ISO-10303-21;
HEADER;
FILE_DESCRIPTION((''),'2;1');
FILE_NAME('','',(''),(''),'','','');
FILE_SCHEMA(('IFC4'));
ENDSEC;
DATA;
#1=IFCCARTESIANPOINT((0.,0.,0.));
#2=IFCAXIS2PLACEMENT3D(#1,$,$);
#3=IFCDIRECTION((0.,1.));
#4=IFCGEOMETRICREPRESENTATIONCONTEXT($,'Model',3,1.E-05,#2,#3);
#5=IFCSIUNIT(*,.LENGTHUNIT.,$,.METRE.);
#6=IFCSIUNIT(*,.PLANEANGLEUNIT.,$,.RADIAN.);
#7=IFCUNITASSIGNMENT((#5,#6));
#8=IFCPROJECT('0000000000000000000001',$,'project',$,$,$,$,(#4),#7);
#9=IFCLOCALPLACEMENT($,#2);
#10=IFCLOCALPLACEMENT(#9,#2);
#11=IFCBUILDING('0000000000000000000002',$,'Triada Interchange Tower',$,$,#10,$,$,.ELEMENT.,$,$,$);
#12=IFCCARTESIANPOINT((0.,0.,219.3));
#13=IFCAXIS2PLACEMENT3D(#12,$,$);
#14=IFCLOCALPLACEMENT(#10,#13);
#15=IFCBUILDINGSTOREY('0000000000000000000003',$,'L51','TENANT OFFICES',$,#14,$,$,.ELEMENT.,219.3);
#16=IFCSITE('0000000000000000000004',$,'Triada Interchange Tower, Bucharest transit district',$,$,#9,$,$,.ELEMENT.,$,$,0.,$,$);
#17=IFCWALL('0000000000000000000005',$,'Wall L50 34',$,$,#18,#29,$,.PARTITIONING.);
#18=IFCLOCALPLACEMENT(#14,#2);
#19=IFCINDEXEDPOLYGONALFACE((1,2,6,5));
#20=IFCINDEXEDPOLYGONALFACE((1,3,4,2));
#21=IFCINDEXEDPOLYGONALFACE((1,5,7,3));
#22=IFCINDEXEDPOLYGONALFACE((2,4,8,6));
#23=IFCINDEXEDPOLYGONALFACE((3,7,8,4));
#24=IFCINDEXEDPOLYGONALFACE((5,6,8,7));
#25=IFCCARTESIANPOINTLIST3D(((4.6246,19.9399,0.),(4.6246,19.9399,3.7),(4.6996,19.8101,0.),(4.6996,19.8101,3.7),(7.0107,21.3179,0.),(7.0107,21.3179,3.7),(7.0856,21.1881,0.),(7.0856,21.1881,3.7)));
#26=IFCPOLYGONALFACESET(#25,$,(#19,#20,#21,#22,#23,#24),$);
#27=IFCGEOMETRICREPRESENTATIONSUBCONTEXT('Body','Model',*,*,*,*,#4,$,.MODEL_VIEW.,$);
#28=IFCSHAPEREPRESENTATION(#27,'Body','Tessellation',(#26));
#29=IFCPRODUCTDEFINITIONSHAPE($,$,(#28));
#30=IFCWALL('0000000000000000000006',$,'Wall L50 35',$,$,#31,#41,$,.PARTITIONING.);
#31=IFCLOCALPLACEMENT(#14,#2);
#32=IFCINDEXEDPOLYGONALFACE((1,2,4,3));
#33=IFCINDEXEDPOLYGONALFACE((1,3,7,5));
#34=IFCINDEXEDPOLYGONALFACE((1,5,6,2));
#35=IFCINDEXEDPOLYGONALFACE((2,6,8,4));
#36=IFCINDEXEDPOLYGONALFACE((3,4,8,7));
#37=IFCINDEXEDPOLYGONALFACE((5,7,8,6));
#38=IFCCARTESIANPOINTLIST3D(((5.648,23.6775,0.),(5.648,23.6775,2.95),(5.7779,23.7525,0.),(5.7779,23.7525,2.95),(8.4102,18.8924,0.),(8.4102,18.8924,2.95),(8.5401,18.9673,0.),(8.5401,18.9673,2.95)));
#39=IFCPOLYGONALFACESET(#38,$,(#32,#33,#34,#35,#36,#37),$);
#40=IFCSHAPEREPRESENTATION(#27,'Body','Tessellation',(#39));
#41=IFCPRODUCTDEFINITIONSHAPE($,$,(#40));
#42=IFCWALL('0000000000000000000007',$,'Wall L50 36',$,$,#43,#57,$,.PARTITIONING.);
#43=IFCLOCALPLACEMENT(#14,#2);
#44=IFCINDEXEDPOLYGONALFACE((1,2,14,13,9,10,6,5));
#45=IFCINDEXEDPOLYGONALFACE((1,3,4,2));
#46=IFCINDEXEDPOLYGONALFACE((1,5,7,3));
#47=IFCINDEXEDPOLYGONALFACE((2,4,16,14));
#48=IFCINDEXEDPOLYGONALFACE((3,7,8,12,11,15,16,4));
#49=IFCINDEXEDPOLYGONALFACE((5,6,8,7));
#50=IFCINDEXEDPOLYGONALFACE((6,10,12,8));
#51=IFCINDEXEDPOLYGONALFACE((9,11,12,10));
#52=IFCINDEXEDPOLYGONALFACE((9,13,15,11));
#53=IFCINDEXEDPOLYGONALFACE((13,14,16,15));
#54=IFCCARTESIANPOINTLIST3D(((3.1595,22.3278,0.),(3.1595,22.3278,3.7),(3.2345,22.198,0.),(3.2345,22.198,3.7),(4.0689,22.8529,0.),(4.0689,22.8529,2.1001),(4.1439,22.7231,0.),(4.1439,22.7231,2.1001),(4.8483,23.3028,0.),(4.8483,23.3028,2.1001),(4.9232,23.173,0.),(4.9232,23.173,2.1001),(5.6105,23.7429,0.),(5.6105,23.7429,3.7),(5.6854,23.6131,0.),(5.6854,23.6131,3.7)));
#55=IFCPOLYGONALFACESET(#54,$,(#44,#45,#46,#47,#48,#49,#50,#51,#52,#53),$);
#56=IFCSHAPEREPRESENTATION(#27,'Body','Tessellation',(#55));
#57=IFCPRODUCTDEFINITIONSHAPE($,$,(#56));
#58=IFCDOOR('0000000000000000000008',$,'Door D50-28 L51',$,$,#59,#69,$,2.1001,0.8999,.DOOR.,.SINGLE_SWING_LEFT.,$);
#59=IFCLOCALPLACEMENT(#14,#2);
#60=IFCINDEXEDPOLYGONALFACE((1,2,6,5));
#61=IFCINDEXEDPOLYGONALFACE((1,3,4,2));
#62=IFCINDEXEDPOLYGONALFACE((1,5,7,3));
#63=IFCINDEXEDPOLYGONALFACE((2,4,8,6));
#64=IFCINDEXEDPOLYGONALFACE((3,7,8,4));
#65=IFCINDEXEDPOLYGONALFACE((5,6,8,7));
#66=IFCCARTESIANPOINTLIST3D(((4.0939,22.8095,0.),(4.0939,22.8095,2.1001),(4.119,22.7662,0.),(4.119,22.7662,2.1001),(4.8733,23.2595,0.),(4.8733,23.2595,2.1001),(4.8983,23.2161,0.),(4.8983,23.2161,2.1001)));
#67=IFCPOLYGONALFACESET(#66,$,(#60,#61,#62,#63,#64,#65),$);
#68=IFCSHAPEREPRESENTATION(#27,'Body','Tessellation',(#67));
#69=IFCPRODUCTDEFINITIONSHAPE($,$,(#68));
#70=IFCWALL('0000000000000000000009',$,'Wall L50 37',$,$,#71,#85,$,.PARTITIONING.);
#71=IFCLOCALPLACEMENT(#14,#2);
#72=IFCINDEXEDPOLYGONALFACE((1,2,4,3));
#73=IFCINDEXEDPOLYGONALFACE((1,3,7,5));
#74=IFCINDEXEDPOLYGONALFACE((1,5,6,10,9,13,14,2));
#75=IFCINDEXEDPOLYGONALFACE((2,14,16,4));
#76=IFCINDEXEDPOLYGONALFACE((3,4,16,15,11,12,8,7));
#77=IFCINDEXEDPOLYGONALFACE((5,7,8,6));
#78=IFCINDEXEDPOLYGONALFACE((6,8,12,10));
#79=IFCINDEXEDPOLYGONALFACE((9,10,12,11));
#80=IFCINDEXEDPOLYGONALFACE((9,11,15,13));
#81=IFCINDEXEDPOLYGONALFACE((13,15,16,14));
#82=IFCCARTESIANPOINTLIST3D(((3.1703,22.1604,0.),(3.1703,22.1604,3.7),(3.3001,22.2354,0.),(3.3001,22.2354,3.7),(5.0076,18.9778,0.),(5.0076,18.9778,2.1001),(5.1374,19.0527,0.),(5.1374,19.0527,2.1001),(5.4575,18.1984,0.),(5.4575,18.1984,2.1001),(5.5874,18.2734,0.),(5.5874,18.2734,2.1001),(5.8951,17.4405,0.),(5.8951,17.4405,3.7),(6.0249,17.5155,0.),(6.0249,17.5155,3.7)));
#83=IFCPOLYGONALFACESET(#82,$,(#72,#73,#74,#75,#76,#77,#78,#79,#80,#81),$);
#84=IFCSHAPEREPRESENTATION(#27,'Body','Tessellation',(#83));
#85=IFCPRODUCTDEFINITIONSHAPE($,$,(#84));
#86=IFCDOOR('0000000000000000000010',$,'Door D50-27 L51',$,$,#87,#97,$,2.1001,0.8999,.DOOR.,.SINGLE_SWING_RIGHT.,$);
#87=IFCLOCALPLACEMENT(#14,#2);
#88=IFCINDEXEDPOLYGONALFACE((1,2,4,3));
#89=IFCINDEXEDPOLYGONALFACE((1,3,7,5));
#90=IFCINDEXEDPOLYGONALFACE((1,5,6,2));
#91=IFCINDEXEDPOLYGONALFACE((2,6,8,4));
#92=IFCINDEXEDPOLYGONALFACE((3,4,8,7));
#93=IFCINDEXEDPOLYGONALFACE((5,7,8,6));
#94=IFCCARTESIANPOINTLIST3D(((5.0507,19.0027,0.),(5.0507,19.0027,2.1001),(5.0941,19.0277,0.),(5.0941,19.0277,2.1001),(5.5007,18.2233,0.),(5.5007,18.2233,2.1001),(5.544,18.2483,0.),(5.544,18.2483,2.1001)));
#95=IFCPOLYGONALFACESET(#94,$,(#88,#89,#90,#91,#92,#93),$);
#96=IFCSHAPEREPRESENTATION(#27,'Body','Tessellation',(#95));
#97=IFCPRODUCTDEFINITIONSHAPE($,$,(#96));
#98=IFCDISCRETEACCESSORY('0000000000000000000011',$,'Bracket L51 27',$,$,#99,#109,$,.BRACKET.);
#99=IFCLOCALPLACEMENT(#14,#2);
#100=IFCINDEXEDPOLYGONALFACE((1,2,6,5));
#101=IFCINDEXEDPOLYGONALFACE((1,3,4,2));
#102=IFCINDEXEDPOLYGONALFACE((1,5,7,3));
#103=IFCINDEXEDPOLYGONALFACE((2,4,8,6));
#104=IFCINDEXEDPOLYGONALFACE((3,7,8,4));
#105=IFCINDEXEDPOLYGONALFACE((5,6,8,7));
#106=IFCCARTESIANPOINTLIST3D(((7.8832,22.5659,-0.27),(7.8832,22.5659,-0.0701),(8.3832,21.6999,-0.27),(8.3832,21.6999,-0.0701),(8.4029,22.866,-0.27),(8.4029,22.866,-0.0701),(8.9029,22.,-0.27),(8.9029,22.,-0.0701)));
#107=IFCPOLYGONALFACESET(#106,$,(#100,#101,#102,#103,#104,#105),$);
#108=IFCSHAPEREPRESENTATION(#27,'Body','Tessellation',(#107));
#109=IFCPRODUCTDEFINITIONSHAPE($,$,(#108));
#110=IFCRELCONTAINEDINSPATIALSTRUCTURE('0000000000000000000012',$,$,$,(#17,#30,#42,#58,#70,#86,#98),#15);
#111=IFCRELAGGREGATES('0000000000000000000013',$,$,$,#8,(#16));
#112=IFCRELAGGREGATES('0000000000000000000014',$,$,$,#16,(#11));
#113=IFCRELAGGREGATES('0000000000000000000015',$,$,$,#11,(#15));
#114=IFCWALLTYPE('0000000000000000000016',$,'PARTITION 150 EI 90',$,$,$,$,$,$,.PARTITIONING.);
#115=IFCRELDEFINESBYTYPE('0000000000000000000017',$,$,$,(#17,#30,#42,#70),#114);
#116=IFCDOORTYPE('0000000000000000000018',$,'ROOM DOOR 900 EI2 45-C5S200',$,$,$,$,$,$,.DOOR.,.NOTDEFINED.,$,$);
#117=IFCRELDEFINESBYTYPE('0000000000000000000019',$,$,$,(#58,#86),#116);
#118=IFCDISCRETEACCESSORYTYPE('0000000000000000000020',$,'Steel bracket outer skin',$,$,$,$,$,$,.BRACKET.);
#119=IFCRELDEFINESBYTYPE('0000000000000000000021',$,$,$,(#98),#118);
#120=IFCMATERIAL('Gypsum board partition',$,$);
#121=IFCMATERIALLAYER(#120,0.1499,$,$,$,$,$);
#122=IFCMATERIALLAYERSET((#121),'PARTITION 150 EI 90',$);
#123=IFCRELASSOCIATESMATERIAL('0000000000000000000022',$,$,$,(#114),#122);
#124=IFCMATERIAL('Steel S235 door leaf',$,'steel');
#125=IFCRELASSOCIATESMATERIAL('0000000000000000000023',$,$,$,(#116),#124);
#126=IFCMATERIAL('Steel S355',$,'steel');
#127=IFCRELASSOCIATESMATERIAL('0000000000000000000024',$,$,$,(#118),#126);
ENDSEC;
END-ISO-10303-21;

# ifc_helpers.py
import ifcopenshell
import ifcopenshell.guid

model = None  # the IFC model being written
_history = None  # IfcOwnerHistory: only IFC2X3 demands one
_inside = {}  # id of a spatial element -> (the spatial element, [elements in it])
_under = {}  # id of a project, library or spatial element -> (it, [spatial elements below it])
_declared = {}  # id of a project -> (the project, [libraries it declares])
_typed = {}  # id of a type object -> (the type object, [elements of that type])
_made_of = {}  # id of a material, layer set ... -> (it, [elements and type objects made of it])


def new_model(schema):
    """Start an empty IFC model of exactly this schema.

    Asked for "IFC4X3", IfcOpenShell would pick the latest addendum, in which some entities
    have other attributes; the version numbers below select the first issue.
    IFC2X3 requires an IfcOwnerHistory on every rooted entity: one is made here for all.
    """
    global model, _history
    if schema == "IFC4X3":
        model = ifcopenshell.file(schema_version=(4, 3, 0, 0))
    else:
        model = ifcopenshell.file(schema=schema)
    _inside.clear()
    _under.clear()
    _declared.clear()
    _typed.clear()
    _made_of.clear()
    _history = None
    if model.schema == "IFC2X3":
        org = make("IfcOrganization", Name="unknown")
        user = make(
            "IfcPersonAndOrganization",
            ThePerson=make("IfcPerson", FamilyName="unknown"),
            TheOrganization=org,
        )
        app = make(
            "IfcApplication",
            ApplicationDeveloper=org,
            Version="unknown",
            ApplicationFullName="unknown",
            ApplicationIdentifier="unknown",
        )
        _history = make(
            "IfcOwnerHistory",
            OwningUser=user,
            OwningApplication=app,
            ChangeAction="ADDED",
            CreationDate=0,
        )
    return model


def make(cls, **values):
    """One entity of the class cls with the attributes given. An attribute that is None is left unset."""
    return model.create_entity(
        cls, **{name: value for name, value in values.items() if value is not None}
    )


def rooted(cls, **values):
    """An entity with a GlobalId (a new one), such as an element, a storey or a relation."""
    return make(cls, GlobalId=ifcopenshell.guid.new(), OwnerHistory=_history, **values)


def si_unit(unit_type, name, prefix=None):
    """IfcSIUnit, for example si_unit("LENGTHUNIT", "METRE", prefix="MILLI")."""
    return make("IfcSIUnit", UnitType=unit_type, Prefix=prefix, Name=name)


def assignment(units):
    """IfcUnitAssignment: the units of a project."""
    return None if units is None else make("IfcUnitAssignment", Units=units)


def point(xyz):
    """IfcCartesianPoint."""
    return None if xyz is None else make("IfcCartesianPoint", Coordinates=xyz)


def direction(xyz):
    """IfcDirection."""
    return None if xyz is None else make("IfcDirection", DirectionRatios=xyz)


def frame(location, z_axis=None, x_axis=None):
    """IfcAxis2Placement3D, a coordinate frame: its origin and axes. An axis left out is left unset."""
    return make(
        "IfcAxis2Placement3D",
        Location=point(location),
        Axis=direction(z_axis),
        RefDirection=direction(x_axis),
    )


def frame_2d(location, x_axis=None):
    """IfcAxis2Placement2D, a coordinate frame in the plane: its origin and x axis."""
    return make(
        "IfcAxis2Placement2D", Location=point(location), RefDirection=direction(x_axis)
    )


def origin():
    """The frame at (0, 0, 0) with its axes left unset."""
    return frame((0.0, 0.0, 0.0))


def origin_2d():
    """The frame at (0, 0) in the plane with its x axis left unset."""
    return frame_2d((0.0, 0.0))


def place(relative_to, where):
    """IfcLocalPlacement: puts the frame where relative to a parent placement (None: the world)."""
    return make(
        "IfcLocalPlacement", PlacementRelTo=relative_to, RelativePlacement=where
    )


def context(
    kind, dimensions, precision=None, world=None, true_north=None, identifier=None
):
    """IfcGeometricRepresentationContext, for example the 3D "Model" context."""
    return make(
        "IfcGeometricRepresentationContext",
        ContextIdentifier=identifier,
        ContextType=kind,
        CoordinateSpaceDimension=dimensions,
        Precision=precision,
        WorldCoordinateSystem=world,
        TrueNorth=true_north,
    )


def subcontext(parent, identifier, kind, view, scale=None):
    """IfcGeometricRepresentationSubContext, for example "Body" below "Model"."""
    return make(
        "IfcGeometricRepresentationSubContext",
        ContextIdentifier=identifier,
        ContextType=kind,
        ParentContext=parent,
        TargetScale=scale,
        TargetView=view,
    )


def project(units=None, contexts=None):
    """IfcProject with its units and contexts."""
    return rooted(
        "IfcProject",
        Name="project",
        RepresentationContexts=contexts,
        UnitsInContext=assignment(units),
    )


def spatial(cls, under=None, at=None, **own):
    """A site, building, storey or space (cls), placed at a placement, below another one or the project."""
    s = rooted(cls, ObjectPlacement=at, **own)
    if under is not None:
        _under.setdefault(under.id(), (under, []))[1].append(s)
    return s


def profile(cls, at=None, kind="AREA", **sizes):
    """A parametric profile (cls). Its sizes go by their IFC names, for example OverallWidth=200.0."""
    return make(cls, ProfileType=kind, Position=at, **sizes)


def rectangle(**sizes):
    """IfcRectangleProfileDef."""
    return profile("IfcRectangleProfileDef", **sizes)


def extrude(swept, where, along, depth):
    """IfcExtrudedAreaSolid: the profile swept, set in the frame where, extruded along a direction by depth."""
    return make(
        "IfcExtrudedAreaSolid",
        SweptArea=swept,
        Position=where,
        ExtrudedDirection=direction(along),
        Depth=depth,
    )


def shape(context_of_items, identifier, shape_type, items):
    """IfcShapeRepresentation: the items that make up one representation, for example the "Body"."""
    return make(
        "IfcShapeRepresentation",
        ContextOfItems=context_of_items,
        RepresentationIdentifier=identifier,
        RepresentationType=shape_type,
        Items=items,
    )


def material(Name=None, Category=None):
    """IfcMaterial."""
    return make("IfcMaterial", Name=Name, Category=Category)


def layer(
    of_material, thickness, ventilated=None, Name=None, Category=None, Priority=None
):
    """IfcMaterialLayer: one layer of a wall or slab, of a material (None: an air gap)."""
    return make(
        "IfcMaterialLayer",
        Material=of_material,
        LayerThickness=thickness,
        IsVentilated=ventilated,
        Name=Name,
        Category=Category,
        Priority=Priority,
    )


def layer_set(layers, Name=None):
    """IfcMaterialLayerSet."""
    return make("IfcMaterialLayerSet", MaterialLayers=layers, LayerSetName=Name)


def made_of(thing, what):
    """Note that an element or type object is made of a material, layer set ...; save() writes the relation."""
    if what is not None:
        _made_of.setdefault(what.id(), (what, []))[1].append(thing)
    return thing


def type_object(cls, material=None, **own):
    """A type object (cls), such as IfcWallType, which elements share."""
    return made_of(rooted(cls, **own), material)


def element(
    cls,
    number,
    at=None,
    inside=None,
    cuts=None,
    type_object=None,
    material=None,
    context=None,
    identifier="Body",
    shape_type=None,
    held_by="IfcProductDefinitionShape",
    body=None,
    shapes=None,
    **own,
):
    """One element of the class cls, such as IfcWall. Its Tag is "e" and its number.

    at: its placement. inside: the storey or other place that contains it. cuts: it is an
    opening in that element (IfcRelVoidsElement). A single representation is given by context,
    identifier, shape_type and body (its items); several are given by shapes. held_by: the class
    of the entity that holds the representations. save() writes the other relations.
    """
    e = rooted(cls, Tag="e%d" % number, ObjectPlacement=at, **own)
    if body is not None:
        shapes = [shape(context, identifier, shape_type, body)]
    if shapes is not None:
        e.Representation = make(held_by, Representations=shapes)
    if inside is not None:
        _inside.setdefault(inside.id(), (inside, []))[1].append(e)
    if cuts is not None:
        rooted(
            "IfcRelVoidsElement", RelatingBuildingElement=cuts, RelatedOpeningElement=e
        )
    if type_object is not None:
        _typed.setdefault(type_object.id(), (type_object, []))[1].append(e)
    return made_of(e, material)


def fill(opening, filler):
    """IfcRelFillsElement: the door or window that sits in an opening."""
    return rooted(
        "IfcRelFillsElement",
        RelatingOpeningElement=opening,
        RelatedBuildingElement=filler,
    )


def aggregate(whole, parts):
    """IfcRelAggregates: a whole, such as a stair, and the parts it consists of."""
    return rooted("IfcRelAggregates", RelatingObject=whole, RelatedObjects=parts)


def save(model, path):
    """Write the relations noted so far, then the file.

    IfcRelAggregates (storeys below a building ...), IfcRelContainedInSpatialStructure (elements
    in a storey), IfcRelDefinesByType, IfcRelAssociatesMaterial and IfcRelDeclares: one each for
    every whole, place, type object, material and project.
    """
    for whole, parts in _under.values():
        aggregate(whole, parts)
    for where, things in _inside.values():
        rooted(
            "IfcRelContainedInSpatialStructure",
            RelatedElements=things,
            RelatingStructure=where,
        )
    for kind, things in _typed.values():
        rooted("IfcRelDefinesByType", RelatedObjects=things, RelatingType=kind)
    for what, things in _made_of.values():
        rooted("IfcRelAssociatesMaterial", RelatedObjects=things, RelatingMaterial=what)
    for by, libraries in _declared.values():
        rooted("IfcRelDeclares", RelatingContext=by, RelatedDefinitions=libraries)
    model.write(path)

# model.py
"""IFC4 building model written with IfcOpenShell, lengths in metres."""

from ifc_helpers import new_model, si_unit, direction, frame, frame_2d, origin, origin_2d, place, context, subcontext, project, spatial, rectangle, extrude, material, layer, layer_set, type_object, element, fill, save


model = new_model("IFC4")

# Units and contexts
model_context = context("Model", 3, precision=1e-05, world=origin(), true_north=direction((0.0, 1.0)))
body_context = subcontext(model_context, "Body", "Model", "MODEL_VIEW")
ifc_project = project(units=[si_unit("LENGTHUNIT", "METRE"), si_unit("PLANEANGLEUNIT", "RADIAN")], contexts=[model_context])

# Site, building, storey
site_placement = place(None, origin())
site = spatial("IfcSite", under=ifc_project, at=site_placement, Name="Triada Interchange Tower, Bucharest transit district", CompositionType="ELEMENT", RefElevation=0.0)
building_placement = place(site_placement, origin())
building = spatial("IfcBuilding", under=site, at=building_placement, Name="Triada Interchange Tower", CompositionType="ELEMENT")
storey_placement = place(building_placement, frame((0.0, 0.0, 219.3)))
storey = spatial("IfcBuildingStorey", under=building, at=storey_placement, Name="L51", Description="TENANT OFFICES", CompositionType="ELEMENT", Elevation=219.3)

# Shared definitions
ifc_material_1 = material(Name="Gypsum board partition")
ifc_material_2 = material(Name="Steel S235 door leaf", Category="steel")

# Walls
ifc_layer_1 = layer(ifc_material_1, 0.1499)
ifc_layer_set_1 = layer_set([ifc_layer_1], Name="PARTITION 150 EI 90")
wall_type_1 = type_object("IfcWallType", Name="PARTITION 150 EI 90", PredefinedType="PARTITIONING", material=ifc_layer_set_1)
wall_1_placement = place(storey_placement, frame((4.6621, 19.875, 0.0), z_axis=(0.0, 0.0, 1.0), x_axis=(0.865966, 0.500103, 0.0)))
element("IfcWall", 1, at=wall_1_placement, inside=storey, type_object=wall_type_1, Name="Wall L50 34", PredefinedType="PARTITIONING", context=body_context, shape_type="SweptSolid", body=[
    extrude(rectangle(XDim=2.7554, YDim=0.1499, at=frame_2d((1.3777, 0.0))), origin(), (0.0, 0.0, 1.0), 3.7),
])
wall_2_placement = place(storey_placement, frame((5.7129, 23.7151, 0.0), z_axis=(0.0, 0.0, 1.0), x_axis=(0.499932, -0.866065, 0.0)))
element("IfcWall", 2, at=wall_2_placement, inside=storey, type_object=wall_type_1, Name="Wall L50 35", PredefinedType="PARTITIONING", context=body_context, shape_type="SweptSolid", body=[
    extrude(rectangle(XDim=5.5251, YDim=0.1499, at=frame_2d((2.7627, 0.0))), origin(), (0.0, 0.0, 1.0), 2.95),
])

# Walls, openings, doors
wall_3_placement = place(storey_placement, frame((3.197, 22.2629, 0.0), z_axis=(0.0, 0.0, 1.0), x_axis=(0.866026, 0.499999, 0.0)))
wall_3 = element("IfcWall", 3, at=wall_3_placement, inside=storey, type_object=wall_type_1, Name="Wall L50 36", PredefinedType="PARTITIONING", context=body_context, shape_type="SweptSolid", body=[
    extrude(rectangle(XDim=2.8301, YDim=0.1499, at=frame_2d((1.415, 0.0))), origin(), (0.0, 0.0, 1.0), 3.7),
])
opening_1_placement = place(wall_3_placement, frame((1.05, 0.0, 0.0)))
opening_1 = element("IfcOpeningElement", 4, at=opening_1_placement, cuts=wall_3, PredefinedType="OPENING", context=body_context, shape_type="SweptSolid", body=[
    extrude(rectangle(XDim=0.8999, YDim=2.1001, at=frame_2d((0.45, 1.05))), frame((0.0, 0.085, 0.0), z_axis=(0.0, -1.0, 0.0), x_axis=(1.0, 0.0, 0.0)), (0.0, 0.0, 1.0), 0.1699),
])
door_type_1 = type_object("IfcDoorType", Name="ROOM DOOR 900 EI2 45-C5S200", OperationType="NOTDEFINED", PredefinedType="DOOR", material=ifc_material_2)
door_1_placement = place(opening_1_placement, origin())
door_1 = element("IfcDoor", 5, at=door_1_placement, inside=storey, type_object=door_type_1, Name="Door D50-28 L51", OperationType="SINGLE_SWING_LEFT", OverallHeight=2.1001, OverallWidth=0.8999, PredefinedType="DOOR", context=body_context, shape_type="SweptSolid", body=[
    extrude(rectangle(XDim=0.8999, YDim=2.1001, at=frame_2d((0.45, 1.05))), frame((0.0, 0.0249, 0.0), z_axis=(0.0, -1.0, 0.0), x_axis=(1.0, 0.0, 0.0)), (0.0, 0.0, 1.0), 0.05),
])
fill(opening_1, door_1)
wall_4_placement = place(storey_placement, frame((3.2351, 22.198, 0.0), z_axis=(0.0, 0.0, 1.0), x_axis=(0.499969, -0.866043, 0.0)))
wall_4 = element("IfcWall", 6, at=wall_4_placement, inside=storey, type_object=wall_type_1, Name="Wall L50 37", PredefinedType="PARTITIONING", context=body_context, shape_type="SweptSolid", body=[
    extrude(rectangle(XDim=5.45, YDim=0.1499, at=frame_2d((2.7251, 0.0))), origin(), (0.0, 0.0, 1.0), 3.7),
])
opening_2_placement = place(wall_4_placement, frame((3.675, 0.0, 0.0)))
opening_2 = element("IfcOpeningElement", 7, at=opening_2_placement, cuts=wall_4, PredefinedType="OPENING", context=body_context, shape_type="SweptSolid", body=[
    extrude(rectangle(XDim=0.8999, YDim=2.1001, at=frame_2d((0.45, 1.05))), frame((0.0, 0.085, 0.0), z_axis=(0.0, -1.0, 0.0), x_axis=(1.0, 0.0, 0.0)), (0.0, 0.0, 1.0), 0.1699),
])
door_2_placement = place(opening_2_placement, origin())
door_2 = element("IfcDoor", 8, at=door_2_placement, inside=storey, type_object=door_type_1, Name="Door D50-27 L51", OperationType="SINGLE_SWING_RIGHT", OverallHeight=2.1001, OverallWidth=0.8999, PredefinedType="DOOR", context=body_context, shape_type="SweptSolid", body=[
    extrude(rectangle(XDim=0.8999, YDim=2.1001, at=frame_2d((0.45, 1.05))), frame((0.0, 0.0249, 0.0), z_axis=(0.0, -1.0, 0.0), x_axis=(1.0, 0.0, 0.0)), (0.0, 0.0, 1.0), 0.05),
])
fill(opening_2, door_2)

# Discrete accessory
ifc_material_3 = material(Name="Steel S355", Category="steel")
discrete_accessory_type = type_object("IfcDiscreteAccessoryType", Name="Steel bracket outer skin", PredefinedType="BRACKET", material=ifc_material_3)
discrete_accessory_placement = place(storey_placement, frame((8.3931, 22.283, -0.27), z_axis=(0.0, 0.0, 1.0), x_axis=(0.866025, 0.500001, 0.0)))
element("IfcDiscreteAccessory", 9, at=discrete_accessory_placement, inside=storey, type_object=discrete_accessory_type, Name="Bracket L51 27", PredefinedType="BRACKET", context=body_context, shape_type="SweptSolid", body=[
    extrude(rectangle(XDim=0.6001, YDim=1.0, at=origin_2d()), origin(), (0.0, 0.0, 1.0), 0.2),
])

save(model, "model.ifc")
